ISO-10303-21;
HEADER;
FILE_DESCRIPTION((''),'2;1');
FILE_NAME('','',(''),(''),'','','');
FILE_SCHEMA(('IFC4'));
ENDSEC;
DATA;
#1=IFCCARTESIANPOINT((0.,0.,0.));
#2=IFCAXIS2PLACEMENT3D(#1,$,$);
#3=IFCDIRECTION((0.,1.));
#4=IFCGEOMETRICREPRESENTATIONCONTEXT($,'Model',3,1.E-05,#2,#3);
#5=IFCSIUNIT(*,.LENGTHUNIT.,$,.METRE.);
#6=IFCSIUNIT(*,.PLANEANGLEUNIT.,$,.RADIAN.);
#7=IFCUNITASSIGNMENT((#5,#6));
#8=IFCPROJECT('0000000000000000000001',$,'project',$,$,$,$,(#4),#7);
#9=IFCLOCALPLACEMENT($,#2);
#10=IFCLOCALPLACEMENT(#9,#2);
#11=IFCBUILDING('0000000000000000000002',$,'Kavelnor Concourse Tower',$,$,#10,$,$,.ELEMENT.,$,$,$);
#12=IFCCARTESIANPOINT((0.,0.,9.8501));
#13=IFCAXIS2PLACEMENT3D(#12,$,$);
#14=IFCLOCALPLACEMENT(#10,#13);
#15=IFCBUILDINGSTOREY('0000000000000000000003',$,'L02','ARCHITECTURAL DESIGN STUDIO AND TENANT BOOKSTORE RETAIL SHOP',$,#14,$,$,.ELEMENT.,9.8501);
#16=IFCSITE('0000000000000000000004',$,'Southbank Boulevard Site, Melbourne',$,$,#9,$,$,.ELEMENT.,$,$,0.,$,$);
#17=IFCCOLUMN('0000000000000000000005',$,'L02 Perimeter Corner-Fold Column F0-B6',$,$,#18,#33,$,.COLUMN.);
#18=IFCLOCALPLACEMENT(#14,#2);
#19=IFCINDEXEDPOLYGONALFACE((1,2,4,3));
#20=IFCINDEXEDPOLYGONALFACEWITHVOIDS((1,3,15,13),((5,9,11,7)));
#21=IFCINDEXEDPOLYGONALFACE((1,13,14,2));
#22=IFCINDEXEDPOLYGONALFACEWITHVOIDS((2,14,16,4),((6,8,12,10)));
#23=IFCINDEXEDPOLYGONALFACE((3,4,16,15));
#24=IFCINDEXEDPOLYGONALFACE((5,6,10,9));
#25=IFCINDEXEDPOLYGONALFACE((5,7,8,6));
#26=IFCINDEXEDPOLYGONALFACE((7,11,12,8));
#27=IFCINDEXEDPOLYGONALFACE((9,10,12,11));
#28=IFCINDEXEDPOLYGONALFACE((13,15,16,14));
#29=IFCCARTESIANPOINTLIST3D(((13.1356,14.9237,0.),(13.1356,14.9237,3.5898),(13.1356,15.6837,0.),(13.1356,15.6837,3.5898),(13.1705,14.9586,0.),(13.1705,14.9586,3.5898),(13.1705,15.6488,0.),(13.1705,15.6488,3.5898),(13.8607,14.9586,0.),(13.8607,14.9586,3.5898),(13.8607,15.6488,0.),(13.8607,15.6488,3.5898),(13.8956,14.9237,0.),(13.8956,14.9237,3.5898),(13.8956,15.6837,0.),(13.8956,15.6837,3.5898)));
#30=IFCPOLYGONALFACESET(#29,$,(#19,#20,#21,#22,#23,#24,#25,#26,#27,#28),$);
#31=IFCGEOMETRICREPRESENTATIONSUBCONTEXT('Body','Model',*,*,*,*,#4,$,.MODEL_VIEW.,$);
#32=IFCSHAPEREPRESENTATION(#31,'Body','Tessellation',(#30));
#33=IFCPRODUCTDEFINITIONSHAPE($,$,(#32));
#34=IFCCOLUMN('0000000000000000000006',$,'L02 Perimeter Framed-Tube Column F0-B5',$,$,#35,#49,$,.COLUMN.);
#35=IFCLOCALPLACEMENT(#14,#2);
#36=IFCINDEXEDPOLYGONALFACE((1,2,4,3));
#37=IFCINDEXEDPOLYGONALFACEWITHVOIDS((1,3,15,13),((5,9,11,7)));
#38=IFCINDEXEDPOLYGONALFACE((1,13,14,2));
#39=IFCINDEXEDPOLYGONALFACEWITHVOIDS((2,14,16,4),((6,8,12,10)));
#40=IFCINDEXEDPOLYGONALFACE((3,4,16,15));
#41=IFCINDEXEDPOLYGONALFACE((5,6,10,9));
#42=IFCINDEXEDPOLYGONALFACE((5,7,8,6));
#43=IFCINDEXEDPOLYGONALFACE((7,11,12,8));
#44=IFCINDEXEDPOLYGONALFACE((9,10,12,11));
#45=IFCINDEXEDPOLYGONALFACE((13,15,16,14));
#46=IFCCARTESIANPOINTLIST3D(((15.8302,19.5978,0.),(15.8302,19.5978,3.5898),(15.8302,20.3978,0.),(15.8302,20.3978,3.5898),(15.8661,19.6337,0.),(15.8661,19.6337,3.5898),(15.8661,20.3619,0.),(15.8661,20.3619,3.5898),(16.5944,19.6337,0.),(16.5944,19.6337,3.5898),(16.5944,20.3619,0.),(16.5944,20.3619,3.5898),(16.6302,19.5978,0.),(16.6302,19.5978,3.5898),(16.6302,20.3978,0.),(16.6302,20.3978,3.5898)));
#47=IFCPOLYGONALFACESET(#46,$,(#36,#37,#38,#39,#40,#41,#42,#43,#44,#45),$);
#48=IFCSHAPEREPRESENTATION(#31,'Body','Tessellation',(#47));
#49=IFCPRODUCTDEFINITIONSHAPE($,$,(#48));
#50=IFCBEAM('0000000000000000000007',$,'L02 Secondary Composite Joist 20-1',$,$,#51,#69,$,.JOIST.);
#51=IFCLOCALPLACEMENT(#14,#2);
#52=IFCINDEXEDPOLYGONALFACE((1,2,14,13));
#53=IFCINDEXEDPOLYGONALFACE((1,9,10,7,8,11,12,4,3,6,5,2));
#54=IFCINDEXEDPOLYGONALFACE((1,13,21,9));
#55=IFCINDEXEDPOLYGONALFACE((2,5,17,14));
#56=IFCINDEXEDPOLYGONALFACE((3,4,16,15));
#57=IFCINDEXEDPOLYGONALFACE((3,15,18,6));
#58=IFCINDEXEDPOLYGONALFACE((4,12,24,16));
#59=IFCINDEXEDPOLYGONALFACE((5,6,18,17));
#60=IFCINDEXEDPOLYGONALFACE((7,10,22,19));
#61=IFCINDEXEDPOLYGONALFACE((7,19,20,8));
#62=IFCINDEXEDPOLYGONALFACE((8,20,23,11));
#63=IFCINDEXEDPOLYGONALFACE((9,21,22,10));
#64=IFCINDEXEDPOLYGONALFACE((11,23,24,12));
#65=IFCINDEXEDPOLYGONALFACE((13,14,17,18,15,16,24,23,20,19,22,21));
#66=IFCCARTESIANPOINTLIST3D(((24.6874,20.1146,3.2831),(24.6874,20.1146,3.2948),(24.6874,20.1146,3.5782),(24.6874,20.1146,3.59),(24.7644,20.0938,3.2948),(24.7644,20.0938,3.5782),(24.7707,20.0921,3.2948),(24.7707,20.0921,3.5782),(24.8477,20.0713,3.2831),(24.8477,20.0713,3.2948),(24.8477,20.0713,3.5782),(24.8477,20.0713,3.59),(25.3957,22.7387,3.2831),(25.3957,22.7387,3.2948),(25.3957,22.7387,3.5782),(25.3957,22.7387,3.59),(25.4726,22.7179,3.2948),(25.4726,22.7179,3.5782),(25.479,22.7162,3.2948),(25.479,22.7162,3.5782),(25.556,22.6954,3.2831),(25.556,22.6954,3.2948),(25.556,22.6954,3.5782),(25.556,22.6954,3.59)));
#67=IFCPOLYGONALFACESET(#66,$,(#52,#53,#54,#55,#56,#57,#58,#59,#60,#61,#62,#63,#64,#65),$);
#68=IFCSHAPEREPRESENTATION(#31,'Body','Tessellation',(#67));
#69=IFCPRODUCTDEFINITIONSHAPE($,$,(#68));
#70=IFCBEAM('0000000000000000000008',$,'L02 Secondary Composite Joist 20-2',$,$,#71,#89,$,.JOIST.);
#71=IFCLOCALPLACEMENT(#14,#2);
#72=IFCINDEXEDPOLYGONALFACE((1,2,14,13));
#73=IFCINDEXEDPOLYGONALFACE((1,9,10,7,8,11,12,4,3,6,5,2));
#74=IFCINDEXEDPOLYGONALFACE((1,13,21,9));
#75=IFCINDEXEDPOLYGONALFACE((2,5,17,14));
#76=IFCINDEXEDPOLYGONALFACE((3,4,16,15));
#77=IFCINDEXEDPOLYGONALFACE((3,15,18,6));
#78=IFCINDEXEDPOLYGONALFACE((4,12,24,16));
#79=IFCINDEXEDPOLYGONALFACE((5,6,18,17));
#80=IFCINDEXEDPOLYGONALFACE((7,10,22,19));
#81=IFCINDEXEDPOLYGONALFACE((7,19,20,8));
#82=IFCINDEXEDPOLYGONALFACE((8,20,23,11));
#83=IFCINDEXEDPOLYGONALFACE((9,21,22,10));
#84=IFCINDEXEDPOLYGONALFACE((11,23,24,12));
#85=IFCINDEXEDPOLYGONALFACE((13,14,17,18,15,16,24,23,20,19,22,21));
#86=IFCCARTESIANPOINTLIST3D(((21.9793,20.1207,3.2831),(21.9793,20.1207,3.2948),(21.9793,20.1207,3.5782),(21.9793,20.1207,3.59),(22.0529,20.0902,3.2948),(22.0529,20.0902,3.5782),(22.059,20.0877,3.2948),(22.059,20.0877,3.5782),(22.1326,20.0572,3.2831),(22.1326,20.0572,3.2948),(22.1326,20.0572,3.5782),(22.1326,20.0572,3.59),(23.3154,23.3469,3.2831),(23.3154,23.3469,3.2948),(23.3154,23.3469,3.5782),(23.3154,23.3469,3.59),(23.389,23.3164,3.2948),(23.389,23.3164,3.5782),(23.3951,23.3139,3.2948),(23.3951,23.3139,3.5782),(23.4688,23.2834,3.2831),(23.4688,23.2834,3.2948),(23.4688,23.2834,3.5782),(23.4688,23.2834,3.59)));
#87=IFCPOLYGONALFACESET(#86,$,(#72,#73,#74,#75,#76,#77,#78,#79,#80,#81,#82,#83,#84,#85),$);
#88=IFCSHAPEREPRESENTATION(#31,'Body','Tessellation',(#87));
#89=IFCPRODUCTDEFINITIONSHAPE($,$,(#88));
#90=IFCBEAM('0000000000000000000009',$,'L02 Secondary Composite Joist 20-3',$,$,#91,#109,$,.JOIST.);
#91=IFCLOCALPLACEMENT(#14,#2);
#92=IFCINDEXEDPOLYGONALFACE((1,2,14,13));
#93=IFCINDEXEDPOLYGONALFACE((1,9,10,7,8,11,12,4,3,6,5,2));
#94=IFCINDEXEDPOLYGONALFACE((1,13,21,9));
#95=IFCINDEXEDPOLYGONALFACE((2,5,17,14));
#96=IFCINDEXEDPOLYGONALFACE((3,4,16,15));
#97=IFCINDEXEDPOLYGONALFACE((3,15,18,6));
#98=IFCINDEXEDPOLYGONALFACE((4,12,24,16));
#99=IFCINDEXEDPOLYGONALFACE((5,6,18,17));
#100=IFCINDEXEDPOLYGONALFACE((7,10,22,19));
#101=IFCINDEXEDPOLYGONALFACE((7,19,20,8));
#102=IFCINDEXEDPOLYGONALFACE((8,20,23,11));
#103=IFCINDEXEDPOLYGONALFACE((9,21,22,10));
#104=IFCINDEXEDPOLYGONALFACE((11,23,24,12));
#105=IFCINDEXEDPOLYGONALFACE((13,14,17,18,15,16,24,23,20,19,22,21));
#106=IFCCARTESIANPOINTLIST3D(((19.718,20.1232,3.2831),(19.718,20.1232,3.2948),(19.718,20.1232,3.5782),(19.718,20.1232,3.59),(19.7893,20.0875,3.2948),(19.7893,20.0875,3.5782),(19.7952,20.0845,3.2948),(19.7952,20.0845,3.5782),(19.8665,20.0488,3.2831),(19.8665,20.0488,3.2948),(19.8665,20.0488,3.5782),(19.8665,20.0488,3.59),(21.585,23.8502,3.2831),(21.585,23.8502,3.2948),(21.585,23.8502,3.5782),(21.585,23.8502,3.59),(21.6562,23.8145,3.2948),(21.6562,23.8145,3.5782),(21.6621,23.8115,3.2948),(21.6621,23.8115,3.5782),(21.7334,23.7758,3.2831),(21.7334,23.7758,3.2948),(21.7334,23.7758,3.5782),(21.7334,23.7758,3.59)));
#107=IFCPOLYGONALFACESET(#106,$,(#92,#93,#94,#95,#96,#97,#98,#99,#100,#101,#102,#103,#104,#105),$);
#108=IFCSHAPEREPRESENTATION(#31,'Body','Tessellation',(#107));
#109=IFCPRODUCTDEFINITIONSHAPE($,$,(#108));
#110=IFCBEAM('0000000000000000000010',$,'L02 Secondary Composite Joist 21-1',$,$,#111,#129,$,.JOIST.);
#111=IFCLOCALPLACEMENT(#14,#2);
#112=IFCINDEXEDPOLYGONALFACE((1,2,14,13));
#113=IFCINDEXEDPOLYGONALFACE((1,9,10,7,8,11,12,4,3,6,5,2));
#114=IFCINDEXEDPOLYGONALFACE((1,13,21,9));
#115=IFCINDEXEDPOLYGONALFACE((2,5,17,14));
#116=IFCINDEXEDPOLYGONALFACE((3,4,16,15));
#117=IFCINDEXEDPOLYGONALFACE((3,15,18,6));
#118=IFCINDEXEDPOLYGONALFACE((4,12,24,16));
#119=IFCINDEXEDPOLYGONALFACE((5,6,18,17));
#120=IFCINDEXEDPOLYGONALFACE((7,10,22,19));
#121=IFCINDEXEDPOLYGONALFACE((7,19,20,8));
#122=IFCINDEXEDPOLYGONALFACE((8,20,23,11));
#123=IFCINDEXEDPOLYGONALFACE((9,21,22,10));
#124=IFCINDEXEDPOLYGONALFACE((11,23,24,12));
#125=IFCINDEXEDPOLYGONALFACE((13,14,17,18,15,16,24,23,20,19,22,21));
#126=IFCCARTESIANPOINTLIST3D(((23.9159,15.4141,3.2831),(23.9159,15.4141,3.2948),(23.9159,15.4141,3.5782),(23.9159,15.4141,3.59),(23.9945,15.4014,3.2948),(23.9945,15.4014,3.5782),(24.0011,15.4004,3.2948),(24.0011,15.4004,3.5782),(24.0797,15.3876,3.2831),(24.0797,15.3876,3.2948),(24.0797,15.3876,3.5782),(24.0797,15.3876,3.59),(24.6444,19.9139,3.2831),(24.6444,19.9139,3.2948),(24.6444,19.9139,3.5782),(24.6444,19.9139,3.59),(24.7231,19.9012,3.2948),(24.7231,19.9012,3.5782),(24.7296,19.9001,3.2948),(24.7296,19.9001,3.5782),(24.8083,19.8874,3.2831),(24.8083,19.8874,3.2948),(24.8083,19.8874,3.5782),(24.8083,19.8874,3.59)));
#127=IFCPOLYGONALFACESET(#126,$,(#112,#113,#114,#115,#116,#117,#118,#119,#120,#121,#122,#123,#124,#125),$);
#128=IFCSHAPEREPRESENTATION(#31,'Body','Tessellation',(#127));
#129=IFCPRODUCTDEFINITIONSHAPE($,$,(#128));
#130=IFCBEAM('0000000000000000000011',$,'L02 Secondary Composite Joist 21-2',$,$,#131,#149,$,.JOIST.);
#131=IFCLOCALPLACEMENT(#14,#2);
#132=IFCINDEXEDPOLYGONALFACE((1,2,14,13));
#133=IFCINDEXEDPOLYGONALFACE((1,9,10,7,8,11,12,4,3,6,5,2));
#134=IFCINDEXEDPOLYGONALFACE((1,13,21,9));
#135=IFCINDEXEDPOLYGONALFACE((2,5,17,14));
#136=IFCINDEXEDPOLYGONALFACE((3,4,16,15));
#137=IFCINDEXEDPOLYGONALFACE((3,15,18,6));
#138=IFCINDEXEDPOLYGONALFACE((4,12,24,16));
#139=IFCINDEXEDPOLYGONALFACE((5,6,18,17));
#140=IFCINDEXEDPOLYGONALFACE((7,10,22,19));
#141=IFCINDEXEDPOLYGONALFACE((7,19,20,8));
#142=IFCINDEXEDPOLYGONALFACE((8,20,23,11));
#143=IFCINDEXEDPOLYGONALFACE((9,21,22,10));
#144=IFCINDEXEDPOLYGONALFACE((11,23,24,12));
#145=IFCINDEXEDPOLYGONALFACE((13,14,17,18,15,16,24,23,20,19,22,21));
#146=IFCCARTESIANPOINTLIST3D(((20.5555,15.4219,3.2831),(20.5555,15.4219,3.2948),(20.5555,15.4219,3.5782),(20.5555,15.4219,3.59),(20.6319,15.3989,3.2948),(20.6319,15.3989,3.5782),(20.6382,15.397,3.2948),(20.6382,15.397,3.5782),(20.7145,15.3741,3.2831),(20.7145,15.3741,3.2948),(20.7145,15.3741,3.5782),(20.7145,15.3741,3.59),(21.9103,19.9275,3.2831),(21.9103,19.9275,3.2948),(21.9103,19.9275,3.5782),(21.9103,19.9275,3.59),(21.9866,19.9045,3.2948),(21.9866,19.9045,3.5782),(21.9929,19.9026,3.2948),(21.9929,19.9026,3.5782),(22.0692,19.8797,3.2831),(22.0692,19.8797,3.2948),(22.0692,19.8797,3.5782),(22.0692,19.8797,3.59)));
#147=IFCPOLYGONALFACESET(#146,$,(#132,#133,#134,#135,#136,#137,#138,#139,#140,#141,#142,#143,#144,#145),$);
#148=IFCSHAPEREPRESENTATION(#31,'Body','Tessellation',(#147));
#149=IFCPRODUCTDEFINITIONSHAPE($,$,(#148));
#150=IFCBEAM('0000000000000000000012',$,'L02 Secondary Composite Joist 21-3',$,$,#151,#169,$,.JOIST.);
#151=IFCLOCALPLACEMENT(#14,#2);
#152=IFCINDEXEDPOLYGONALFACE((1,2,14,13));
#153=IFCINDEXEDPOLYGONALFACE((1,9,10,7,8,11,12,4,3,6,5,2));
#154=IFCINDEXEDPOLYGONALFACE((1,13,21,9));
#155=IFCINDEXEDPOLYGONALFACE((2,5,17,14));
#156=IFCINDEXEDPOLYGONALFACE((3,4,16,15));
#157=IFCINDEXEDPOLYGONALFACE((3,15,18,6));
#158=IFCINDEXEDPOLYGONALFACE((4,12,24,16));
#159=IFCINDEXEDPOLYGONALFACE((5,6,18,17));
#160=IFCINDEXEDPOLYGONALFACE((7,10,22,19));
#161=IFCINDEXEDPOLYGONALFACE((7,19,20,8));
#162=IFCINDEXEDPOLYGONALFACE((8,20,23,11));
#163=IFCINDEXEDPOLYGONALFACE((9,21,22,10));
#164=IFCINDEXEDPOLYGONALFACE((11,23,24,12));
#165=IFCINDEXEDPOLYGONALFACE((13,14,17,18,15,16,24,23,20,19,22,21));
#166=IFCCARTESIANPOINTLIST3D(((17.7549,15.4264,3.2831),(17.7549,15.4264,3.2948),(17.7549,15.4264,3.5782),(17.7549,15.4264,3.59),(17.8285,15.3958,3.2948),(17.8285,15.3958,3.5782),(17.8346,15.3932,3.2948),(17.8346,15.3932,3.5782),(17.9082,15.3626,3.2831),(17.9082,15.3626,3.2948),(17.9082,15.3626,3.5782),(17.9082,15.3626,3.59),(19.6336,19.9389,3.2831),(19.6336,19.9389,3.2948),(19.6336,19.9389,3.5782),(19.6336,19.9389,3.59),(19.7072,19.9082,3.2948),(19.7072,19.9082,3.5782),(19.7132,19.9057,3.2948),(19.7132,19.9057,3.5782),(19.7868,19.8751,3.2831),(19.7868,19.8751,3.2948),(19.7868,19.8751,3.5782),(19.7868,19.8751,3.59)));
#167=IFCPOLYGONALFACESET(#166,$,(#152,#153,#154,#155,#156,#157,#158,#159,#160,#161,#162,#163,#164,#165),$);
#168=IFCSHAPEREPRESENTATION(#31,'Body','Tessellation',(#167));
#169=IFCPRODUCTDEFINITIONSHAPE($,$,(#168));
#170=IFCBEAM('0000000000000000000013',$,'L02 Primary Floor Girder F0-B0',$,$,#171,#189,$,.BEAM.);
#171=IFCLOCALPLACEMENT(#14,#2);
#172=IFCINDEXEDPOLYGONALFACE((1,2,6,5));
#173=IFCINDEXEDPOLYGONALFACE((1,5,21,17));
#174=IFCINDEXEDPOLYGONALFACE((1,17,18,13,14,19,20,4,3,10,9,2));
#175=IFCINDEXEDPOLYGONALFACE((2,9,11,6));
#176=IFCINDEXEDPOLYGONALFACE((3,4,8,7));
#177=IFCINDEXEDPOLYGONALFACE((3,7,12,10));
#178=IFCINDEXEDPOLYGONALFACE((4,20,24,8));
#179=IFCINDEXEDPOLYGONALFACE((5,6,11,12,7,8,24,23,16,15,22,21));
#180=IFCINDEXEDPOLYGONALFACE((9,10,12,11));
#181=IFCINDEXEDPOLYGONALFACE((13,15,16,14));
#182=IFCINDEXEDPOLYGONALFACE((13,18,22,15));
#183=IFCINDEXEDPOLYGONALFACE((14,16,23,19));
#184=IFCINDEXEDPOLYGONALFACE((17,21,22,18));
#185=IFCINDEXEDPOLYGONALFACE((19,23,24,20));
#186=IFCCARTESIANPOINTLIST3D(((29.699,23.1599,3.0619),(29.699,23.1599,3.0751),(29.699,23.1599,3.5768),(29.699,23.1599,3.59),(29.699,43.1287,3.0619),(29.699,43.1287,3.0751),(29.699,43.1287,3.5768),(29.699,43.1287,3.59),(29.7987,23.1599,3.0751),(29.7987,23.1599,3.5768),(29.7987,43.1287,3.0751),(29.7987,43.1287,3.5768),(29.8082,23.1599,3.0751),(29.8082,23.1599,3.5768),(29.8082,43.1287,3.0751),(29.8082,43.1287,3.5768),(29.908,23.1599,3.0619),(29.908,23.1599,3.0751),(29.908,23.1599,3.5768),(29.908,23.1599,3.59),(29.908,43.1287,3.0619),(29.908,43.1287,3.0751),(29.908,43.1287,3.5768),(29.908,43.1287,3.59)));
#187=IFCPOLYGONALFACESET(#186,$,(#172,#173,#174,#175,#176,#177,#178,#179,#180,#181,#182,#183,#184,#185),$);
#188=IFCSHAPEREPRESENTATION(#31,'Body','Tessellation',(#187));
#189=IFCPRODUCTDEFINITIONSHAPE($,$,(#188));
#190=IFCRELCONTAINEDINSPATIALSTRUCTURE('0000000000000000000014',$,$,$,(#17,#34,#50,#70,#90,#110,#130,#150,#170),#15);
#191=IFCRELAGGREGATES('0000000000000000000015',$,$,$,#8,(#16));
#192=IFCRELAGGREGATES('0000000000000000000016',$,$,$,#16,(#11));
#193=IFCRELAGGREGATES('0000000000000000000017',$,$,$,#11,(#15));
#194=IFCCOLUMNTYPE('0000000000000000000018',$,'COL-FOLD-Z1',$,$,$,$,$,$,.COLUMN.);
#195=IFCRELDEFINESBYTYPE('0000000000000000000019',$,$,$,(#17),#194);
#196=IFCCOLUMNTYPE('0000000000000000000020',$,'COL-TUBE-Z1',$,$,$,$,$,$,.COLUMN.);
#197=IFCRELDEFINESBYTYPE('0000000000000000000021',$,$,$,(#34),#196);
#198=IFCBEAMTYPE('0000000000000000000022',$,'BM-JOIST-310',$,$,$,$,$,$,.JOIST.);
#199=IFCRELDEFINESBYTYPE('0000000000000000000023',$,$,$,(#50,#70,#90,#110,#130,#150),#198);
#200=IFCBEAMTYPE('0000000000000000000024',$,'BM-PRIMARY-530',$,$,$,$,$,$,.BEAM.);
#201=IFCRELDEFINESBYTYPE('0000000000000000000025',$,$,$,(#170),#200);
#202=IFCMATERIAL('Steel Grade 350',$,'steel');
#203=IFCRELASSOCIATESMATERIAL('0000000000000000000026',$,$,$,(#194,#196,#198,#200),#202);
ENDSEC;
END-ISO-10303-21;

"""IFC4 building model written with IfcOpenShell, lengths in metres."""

from ifc_helpers import new_model, si_unit, direction, frame, origin, origin_2d, place, context, subcontext, project, spatial, hollow_rectangle, i_section, extrude, material, material_profile, profile_set, type_object, element, save


model = new_model("IFC4")

# Units and contexts
model_context = context("Model", 3, precision=1e-05, world=origin(), true_north=direction((0.0, 1.0)))
body_context = subcontext(model_context, "Body", "Model", "MODEL_VIEW")
ifc_project = project(units=[si_unit("LENGTHUNIT", "METRE"), si_unit("PLANEANGLEUNIT", "RADIAN")], contexts=[model_context])

# Site, building, storey
site_placement = place(None, origin())
site = spatial("IfcSite", under=ifc_project, at=site_placement, Name="Southbank Boulevard Site, Melbourne", CompositionType="ELEMENT", RefElevation=0.0)
building_placement = place(site_placement, origin())
building = spatial("IfcBuilding", under=site, at=building_placement, Name="Kavelnor Concourse Tower", CompositionType="ELEMENT")
storey_placement = place(building_placement, frame((0.0, 0.0, 9.8501)))
storey = spatial("IfcBuildingStorey", under=building, at=storey_placement, Name="L02", Description="ARCHITECTURAL DESIGN STUDIO AND TENANT BOOKSTORE RETAIL SHOP", CompositionType="ELEMENT", Elevation=9.8501)

# Columns
ifc_material_1 = material(Name="Steel Grade 350", Category="steel")
ifc_material_profile_1 = material_profile(ifc_material_1, hollow_rectangle(XDim=0.76, YDim=0.76, WallThickness=0.0349, at=origin_2d()), Name="SHS 760x760x35")
ifc_profile_set_1 = profile_set([ifc_material_profile_1], Name="Steel Grade 350")
column_type_1 = type_object("IfcColumnType", Name="COL-FOLD-Z1", PredefinedType="COLUMN", material=ifc_profile_set_1)
column_1_placement = place(storey_placement, frame((13.5156, 15.3037, 0.0), z_axis=(0.0, 0.0, 1.0), x_axis=(1.0, 0.0, 0.0)))
element("IfcColumn", 1, at=column_1_placement, inside=storey, type_object=column_type_1, Name="L02 Perimeter Corner-Fold Column F0-B6", PredefinedType="COLUMN", context=body_context, shape_type="SweptSolid", body=[
    extrude(hollow_rectangle(XDim=0.76, YDim=0.76, WallThickness=0.0349, at=origin_2d()), origin(), (0.0, 0.0, 1.0), 3.5898),
])
ifc_material_profile_2 = material_profile(ifc_material_1, hollow_rectangle(XDim=0.8, YDim=0.8, WallThickness=0.0359, at=origin_2d()), Name="SHS 800x800x36")
ifc_profile_set_2 = profile_set([ifc_material_profile_2], Name="Steel Grade 350")
column_type_2 = type_object("IfcColumnType", Name="COL-TUBE-Z1", PredefinedType="COLUMN", material=ifc_profile_set_2)
column_2_placement = place(storey_placement, frame((16.2302, 19.9978, 0.0), z_axis=(0.0, 0.0, 1.0), x_axis=(1.0, 0.0, 0.0)))
element("IfcColumn", 2, at=column_2_placement, inside=storey, type_object=column_type_2, Name="L02 Perimeter Framed-Tube Column F0-B5", PredefinedType="COLUMN", context=body_context, shape_type="SweptSolid", body=[
    extrude(hollow_rectangle(XDim=0.8, YDim=0.8, WallThickness=0.0359, at=origin_2d()), origin(), (0.0, 0.0, 1.0), 3.5898),
])

# Beams
ifc_material_profile_3 = material_profile(ifc_material_1, i_section(OverallWidth=0.166, OverallDepth=0.3069, WebThickness=0.0066, FlangeThickness=0.0117, at=origin_2d()), Name="310UB46")
ifc_profile_set_3 = profile_set([ifc_material_profile_3], Name="Steel Grade 350")
beam_type_1 = type_object("IfcBeamType", Name="BM-JOIST-310", PredefinedType="JOIST", material=ifc_profile_set_3)
beam_1_placement = place(storey_placement, frame((25.4758, 22.717, 3.4365), z_axis=(-0.260585, -0.965451, 0.0), x_axis=(0.965451, -0.260585, 0.0)))
element("IfcBeam", 3, at=beam_1_placement, inside=storey, type_object=beam_type_1, Name="L02 Secondary Composite Joist 20-1", PredefinedType="JOIST", context=body_context, shape_type="SweptSolid", body=[
    extrude(i_section(OverallWidth=0.166, OverallDepth=0.3069, WebThickness=0.0066, FlangeThickness=0.0117, at=origin_2d()), origin(), (0.0, 0.0, 1.0), 2.718),
])
beam_2_placement = place(storey_placement, frame((23.3921, 23.3152, 3.4365), z_axis=(-0.382634, -0.9239, 0.0), x_axis=(0.9239, -0.382634, 0.0)))
element("IfcBeam", 4, at=beam_2_placement, inside=storey, type_object=beam_type_1, Name="L02 Secondary Composite Joist 20-2", PredefinedType="JOIST", context=body_context, shape_type="SweptSolid", body=[
    extrude(i_section(OverallWidth=0.166, OverallDepth=0.3069, WebThickness=0.0066, FlangeThickness=0.0117, at=origin_2d()), origin(), (0.0, 0.0, 1.0), 3.4919),
])
beam_3_placement = place(storey_placement, frame((21.6592, 23.813, 3.4365), z_axis=(-0.447869, -0.894099, 0.0), x_axis=(0.894099, -0.447869, 0.0)))
element("IfcBeam", 5, at=beam_3_placement, inside=storey, type_object=beam_type_1, Name="L02 Secondary Composite Joist 20-3", PredefinedType="JOIST", context=body_context, shape_type="SweptSolid", body=[
    extrude(i_section(OverallWidth=0.166, OverallDepth=0.3069, WebThickness=0.0066, FlangeThickness=0.0117, at=origin_2d()), origin(), (0.0, 0.0, 1.0), 4.1685),
])
beam_4_placement = place(storey_placement, frame((24.7263, 19.9006, 3.4365), z_axis=(-0.15982, -0.987146, 0.0), x_axis=(0.987146, -0.15982, 0.0)))
element("IfcBeam", 6, at=beam_4_placement, inside=storey, type_object=beam_type_1, Name="L02 Secondary Composite Joist 21-1", PredefinedType="JOIST", context=body_context, shape_type="SweptSolid", body=[
    extrude(i_section(OverallWidth=0.166, OverallDepth=0.3069, WebThickness=0.0066, FlangeThickness=0.0117, at=origin_2d()), origin(), (0.0, 0.0, 1.0), 4.5583),
])
beam_5_placement = place(storey_placement, frame((21.9897, 19.9036, 3.4365), z_axis=(-0.287943, -0.957648, 0.0), x_axis=(0.957648, -0.287943, 0.0)))
element("IfcBeam", 7, at=beam_5_placement, inside=storey, type_object=beam_type_1, Name="L02 Secondary Composite Joist 21-2", PredefinedType="JOIST", context=body_context, shape_type="SweptSolid", body=[
    extrude(i_section(OverallWidth=0.166, OverallDepth=0.3069, WebThickness=0.0066, FlangeThickness=0.0117, at=origin_2d()), origin(), (0.0, 0.0, 1.0), 4.7048),
])
beam_6_placement = place(storey_placement, frame((19.7102, 19.907, 3.4365), z_axis=(-0.384349, -0.923188, 0.0), x_axis=(0.923188, -0.384349, 0.0)))
element("IfcBeam", 8, at=beam_6_placement, inside=storey, type_object=beam_type_1, Name="L02 Secondary Composite Joist 21-3", PredefinedType="JOIST", context=body_context, shape_type="SweptSolid", body=[
    extrude(i_section(OverallWidth=0.166, OverallDepth=0.3069, WebThickness=0.0066, FlangeThickness=0.0117, at=origin_2d()), origin(), (0.0, 0.0, 1.0), 4.8879),
])
ifc_material_profile_4 = material_profile(ifc_material_1, i_section(OverallWidth=0.209, OverallDepth=0.5281, WebThickness=0.0095, FlangeThickness=0.0132, at=origin_2d()), Name="530UB82")
ifc_profile_set_4 = profile_set([ifc_material_profile_4], Name="Steel Grade 350")
beam_type_2 = type_object("IfcBeamType", Name="BM-PRIMARY-530", PredefinedType="BEAM", material=ifc_profile_set_4)
beam_7_placement = place(storey_placement, frame((29.8035, 23.1599, 3.3259), z_axis=(0.0, 1.0, 0.0), x_axis=(-1.0, 0.0, 0.0)))
element("IfcBeam", 9, at=beam_7_placement, inside=storey, type_object=beam_type_2, Name="L02 Primary Floor Girder F0-B0", PredefinedType="BEAM", context=body_context, shape_type="SweptSolid", body=[
    extrude(i_section(OverallWidth=0.209, OverallDepth=0.5281, WebThickness=0.0095, FlangeThickness=0.0132, at=origin_2d()), origin(), (0.0, 0.0, 1.0), 19.9688),
])

save(model, "model.ifc")
